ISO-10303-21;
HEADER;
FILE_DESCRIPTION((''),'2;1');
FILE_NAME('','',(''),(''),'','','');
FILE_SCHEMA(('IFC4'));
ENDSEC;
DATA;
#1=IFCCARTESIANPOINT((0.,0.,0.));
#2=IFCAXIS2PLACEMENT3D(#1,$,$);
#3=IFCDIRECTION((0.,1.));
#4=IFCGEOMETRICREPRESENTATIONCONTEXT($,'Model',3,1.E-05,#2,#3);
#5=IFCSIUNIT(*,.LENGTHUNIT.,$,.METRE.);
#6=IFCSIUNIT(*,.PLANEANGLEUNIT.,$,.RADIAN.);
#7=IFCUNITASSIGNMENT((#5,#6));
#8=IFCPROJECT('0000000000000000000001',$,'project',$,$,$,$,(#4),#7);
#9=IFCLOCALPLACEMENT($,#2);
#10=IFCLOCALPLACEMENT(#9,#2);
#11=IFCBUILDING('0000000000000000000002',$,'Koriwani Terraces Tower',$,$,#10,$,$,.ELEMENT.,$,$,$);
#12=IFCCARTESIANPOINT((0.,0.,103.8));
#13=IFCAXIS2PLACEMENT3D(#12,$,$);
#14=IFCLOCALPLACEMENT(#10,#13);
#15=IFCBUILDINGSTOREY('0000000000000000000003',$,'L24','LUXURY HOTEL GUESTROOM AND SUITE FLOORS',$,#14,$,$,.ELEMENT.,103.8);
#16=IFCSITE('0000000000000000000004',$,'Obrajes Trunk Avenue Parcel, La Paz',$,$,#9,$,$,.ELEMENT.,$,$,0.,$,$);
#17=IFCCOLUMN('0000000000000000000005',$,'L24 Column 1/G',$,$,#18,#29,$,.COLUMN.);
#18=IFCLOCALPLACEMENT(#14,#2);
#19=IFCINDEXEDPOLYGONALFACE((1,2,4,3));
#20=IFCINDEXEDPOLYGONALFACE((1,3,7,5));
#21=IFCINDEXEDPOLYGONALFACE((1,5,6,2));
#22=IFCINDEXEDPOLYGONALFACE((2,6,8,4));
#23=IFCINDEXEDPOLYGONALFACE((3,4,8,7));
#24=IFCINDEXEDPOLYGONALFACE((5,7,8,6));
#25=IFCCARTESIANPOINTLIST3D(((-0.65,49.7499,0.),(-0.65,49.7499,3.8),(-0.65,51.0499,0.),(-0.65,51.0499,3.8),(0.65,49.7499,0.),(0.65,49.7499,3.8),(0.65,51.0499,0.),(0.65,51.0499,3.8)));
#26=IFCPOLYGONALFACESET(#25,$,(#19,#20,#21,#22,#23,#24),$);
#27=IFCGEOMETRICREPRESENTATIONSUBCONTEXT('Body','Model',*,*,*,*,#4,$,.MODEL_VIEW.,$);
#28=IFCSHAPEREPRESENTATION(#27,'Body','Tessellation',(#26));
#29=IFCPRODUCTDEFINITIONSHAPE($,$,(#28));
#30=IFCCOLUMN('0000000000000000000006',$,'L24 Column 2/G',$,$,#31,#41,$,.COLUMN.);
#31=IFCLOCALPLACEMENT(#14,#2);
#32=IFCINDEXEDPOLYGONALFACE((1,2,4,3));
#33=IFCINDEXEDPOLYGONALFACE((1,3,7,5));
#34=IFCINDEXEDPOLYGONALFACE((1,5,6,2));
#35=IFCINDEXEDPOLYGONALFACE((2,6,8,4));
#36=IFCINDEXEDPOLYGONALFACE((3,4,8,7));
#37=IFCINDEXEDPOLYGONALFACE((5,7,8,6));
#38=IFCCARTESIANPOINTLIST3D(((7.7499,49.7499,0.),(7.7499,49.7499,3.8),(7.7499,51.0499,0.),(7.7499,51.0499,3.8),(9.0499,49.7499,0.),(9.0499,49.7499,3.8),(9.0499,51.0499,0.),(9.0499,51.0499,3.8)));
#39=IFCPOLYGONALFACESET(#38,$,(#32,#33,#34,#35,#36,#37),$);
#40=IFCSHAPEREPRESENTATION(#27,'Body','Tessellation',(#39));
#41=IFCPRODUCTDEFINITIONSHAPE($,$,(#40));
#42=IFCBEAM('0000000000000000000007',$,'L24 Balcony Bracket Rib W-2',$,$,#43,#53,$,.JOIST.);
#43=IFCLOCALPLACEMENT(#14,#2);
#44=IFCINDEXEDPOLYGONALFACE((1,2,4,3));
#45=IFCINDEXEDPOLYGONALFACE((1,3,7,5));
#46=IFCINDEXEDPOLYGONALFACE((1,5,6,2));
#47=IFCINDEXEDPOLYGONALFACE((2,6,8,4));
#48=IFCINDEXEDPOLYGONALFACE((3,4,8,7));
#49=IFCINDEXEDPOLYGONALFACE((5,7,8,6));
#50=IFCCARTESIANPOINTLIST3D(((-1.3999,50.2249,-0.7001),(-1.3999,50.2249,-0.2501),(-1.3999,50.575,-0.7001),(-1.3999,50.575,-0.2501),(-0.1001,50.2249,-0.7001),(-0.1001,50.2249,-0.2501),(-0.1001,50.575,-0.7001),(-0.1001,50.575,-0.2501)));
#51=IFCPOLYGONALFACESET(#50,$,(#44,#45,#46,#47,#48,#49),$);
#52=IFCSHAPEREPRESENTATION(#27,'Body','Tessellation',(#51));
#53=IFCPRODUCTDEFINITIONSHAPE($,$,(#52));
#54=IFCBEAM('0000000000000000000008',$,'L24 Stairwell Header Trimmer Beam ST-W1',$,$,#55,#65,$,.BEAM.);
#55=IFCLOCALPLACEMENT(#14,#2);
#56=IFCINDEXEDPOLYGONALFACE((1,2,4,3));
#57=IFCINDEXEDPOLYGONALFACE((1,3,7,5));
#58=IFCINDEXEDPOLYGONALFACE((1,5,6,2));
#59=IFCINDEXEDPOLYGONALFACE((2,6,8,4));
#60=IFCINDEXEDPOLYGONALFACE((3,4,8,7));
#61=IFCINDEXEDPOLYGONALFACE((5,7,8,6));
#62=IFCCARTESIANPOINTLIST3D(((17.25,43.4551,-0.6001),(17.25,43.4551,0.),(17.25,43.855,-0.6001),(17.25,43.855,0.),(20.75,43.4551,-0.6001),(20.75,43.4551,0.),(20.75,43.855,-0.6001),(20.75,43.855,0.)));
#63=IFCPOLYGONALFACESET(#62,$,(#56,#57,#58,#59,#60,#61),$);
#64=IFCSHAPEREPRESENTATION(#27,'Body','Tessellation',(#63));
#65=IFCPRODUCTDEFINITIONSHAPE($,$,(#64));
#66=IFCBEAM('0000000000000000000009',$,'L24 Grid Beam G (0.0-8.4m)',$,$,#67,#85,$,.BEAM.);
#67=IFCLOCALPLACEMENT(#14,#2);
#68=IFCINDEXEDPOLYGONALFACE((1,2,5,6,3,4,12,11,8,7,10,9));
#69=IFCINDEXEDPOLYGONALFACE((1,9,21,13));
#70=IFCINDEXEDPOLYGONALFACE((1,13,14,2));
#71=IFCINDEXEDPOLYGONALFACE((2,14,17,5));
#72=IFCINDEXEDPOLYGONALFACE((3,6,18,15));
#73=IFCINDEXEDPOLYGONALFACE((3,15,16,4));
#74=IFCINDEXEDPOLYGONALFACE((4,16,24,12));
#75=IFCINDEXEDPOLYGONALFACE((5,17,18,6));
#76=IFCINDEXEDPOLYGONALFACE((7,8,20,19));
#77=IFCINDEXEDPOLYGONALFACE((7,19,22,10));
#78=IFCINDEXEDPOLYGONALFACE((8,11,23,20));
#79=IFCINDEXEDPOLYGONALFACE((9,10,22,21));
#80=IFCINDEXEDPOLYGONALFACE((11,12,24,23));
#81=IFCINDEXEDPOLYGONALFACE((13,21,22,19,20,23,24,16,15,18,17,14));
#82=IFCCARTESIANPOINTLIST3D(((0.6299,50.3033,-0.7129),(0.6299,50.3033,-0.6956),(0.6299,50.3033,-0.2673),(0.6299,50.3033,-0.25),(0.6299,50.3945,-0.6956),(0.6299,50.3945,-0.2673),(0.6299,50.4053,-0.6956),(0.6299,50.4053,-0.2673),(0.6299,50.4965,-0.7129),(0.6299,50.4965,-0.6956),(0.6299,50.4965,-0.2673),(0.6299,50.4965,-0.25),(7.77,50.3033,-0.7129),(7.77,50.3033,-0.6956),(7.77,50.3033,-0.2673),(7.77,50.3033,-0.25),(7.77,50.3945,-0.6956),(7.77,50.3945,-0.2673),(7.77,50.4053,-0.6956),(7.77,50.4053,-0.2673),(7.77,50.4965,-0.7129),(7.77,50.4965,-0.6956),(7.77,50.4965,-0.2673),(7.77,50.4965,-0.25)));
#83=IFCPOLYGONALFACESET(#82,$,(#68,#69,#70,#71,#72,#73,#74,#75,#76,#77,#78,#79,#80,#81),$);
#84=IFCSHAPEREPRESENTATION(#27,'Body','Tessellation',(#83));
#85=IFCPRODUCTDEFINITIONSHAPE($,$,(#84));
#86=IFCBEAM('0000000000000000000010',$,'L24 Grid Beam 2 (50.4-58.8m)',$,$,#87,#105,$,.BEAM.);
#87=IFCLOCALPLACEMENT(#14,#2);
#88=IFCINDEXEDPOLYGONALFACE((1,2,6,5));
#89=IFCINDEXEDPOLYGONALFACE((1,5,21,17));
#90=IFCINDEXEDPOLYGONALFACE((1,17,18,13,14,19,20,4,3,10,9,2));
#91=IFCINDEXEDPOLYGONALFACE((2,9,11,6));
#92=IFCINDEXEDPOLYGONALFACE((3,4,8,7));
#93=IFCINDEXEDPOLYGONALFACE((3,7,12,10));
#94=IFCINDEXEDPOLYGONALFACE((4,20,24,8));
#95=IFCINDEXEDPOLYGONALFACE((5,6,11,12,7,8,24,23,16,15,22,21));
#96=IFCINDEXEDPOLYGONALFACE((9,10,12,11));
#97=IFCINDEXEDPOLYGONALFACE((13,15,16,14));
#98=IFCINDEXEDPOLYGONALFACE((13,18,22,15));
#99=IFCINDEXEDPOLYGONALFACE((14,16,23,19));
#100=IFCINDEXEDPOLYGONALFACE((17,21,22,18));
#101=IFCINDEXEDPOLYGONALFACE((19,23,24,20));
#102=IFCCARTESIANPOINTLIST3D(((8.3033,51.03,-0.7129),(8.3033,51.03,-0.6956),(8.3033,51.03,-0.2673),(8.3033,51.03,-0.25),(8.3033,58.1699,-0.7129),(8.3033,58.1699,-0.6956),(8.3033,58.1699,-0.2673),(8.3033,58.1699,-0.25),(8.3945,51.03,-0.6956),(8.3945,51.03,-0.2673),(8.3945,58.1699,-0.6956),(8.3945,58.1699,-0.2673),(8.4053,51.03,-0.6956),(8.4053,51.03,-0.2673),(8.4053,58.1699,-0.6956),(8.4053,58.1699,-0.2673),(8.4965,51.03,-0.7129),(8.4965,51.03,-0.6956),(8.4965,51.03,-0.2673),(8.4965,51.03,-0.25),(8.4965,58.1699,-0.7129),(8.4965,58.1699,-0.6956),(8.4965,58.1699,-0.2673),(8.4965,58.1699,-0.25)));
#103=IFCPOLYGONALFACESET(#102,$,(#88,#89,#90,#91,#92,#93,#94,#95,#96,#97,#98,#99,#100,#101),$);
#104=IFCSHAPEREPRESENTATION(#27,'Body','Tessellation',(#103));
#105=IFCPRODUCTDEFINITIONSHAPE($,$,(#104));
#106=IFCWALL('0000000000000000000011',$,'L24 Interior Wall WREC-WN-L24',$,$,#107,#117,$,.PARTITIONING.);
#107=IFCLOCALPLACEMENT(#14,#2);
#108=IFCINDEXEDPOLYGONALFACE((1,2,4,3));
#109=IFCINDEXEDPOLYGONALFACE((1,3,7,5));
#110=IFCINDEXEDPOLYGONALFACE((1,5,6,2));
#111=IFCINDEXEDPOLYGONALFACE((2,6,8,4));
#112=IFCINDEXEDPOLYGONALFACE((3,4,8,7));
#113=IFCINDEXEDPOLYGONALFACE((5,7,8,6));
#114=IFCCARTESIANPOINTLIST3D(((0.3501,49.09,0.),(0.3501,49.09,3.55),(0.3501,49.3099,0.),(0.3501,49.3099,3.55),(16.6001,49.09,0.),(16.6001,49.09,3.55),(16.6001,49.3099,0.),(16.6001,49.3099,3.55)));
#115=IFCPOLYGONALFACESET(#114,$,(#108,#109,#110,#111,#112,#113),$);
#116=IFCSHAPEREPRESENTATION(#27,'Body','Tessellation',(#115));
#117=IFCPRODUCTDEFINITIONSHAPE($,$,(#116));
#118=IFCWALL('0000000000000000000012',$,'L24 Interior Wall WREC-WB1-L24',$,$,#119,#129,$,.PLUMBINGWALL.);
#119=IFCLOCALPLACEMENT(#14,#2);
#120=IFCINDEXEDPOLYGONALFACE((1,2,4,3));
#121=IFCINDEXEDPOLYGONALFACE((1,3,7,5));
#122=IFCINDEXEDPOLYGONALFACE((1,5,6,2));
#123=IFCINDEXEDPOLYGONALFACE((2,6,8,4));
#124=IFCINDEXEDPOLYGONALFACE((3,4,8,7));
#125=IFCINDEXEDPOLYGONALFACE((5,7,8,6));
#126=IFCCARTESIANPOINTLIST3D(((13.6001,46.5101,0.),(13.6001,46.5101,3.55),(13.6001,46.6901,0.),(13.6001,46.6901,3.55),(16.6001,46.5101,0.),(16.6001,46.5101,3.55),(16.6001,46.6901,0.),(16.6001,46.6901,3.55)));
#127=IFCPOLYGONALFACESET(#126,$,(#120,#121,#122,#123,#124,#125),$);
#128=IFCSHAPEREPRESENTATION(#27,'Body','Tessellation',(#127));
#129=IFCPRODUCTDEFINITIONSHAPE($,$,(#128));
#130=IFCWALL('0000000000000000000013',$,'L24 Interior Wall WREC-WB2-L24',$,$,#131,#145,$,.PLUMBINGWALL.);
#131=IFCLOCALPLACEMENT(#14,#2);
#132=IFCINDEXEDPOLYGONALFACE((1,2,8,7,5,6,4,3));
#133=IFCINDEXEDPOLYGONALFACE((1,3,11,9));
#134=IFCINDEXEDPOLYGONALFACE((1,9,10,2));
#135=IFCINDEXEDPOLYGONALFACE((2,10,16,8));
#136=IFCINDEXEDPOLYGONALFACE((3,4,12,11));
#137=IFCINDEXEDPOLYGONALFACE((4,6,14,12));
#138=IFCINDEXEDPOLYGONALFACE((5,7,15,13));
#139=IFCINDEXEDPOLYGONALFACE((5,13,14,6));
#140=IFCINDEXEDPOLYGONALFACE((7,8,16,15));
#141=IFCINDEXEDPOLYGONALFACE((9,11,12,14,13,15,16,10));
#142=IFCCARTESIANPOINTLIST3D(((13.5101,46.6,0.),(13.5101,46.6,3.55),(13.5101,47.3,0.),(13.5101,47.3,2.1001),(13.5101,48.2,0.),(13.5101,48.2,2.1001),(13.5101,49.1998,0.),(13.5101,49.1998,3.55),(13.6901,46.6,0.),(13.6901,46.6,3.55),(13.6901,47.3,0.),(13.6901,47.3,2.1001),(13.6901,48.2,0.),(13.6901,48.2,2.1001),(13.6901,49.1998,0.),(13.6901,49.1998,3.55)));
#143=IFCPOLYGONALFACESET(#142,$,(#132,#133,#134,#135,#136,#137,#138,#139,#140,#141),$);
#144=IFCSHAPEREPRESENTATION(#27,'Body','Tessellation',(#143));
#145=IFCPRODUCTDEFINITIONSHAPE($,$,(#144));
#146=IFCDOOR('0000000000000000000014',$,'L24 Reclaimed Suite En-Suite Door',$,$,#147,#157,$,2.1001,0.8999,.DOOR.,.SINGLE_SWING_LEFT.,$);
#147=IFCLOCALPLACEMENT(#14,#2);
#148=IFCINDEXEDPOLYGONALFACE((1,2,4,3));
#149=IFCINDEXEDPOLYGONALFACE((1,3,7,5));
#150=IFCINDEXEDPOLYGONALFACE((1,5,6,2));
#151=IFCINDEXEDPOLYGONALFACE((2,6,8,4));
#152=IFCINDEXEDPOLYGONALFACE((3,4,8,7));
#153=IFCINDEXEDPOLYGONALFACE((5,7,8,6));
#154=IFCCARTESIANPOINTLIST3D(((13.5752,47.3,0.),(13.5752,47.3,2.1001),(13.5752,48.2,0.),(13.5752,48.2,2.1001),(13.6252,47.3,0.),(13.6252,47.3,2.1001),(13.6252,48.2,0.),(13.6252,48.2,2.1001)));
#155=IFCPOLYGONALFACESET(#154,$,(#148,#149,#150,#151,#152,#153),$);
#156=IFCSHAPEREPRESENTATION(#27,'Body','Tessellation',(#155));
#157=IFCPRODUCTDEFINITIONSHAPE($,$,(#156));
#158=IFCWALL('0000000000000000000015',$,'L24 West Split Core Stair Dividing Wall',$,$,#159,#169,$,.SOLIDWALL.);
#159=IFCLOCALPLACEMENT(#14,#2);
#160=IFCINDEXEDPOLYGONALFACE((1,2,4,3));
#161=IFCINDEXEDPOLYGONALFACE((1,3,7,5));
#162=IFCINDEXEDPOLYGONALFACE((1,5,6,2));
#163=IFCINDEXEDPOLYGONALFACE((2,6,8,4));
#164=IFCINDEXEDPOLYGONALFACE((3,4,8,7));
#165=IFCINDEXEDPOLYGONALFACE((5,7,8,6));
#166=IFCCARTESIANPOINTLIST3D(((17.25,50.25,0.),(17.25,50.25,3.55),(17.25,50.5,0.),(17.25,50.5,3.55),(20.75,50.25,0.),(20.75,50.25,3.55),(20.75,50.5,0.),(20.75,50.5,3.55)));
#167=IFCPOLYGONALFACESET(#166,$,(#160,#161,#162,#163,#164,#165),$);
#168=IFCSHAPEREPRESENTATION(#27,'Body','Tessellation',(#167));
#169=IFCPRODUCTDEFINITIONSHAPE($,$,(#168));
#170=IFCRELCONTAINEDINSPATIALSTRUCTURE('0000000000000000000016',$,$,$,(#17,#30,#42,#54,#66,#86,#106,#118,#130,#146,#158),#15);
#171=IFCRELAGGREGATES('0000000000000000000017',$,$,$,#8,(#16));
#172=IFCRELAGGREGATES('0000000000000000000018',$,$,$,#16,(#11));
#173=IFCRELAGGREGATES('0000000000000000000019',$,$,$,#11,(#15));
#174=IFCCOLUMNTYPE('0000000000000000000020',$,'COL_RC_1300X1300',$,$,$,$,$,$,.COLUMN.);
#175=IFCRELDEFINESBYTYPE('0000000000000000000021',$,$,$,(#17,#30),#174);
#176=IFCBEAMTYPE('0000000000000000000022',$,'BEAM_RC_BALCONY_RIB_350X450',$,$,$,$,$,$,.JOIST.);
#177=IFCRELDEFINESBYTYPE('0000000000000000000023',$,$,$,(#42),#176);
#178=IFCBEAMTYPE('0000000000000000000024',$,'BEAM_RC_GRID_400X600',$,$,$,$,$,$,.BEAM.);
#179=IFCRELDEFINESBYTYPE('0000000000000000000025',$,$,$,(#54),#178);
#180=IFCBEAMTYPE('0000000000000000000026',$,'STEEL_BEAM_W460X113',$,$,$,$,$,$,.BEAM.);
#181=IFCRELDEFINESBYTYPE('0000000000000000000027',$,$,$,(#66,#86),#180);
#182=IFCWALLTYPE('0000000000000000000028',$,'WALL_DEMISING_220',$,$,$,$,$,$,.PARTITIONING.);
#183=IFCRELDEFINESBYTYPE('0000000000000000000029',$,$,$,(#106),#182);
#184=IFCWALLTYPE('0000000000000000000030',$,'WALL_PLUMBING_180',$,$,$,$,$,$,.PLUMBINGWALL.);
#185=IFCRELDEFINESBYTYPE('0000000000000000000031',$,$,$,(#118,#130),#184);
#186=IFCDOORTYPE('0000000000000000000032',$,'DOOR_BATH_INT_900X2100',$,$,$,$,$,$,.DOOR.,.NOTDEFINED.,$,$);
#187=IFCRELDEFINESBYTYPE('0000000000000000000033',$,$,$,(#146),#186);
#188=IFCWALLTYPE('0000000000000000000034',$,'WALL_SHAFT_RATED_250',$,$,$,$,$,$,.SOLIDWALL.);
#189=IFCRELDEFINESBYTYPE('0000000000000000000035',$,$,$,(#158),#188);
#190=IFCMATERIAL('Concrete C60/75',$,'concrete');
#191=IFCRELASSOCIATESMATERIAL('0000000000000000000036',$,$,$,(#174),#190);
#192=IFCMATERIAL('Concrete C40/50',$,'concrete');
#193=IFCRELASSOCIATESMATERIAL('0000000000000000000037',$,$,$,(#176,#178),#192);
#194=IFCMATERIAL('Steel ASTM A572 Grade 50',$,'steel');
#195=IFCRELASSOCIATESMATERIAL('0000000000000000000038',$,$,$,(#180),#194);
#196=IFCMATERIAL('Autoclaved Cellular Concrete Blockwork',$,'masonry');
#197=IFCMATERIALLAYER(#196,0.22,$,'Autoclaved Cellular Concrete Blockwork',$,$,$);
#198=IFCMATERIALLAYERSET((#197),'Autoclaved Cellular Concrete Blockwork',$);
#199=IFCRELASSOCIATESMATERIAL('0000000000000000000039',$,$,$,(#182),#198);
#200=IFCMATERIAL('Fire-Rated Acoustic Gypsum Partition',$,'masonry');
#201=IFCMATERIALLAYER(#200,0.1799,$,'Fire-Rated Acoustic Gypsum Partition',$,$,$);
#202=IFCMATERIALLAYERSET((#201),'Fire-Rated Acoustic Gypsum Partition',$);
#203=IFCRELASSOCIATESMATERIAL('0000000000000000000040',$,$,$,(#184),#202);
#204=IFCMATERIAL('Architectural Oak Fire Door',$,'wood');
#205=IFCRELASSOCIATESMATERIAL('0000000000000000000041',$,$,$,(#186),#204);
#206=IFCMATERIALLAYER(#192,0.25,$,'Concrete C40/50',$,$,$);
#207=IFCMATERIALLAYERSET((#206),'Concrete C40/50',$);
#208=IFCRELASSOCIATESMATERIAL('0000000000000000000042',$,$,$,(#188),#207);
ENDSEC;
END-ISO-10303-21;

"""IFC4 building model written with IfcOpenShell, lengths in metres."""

from ifc_helpers import new_model, si_unit, direction, frame, frame_2d, origin, origin_2d, place, context, subcontext, project, spatial, rectangle, i_section, extrude, material, layer, layer_set, material_profile, profile_set, type_object, element, fill, save


model = new_model("IFC4")

# Units and contexts
model_context = context("Model", 3, precision=1e-05, world=origin(), true_north=direction((0.0, 1.0)))
body_context = subcontext(model_context, "Body", "Model", "MODEL_VIEW")
ifc_project = project(units=[si_unit("LENGTHUNIT", "METRE"), si_unit("PLANEANGLEUNIT", "RADIAN")], contexts=[model_context])

# Site, building, storey
site_placement = place(None, origin())
site = spatial("IfcSite", under=ifc_project, at=site_placement, Name="Obrajes Trunk Avenue Parcel, La Paz", CompositionType="ELEMENT", RefElevation=0.0)
building_placement = place(site_placement, origin())
building = spatial("IfcBuilding", under=site, at=building_placement, Name="Koriwani Terraces Tower", CompositionType="ELEMENT")
storey_placement = place(building_placement, frame((0.0, 0.0, 103.8)))
storey = spatial("IfcBuildingStorey", under=building, at=storey_placement, Name="L24", Description="LUXURY HOTEL GUESTROOM AND SUITE FLOORS", CompositionType="ELEMENT", Elevation=103.8)

# Columns
ifc_material_1 = material(Name="Concrete C60/75", Category="concrete")
ifc_material_profile_1 = material_profile(ifc_material_1, rectangle(XDim=1.3, YDim=1.3, at=origin_2d()), Name="Concrete C60/75", Category="LoadBearing")
ifc_profile_set_1 = profile_set([ifc_material_profile_1], Name="Concrete C60/75")
column_type = type_object("IfcColumnType", Name="COL_RC_1300X1300", PredefinedType="COLUMN", material=ifc_profile_set_1)
for number, where, z_axis, x_axis, name in (
    (1, (0.0, 50.3999, 0.0), (0.0, 0.0, 1.0), (1.0, 0.0, 0.0), "L24 Column 1/G"),
    (2, (8.3999, 50.3999, 0.0), (0.0, 0.0, 1.0), (1.0, 0.0, 0.0), "L24 Column 2/G"),
):
    element("IfcColumn", number, at=place(storey_placement, frame(where, z_axis=z_axis, x_axis=x_axis)), inside=storey, type_object=column_type, Name=name, PredefinedType="COLUMN", context=body_context, shape_type="SweptSolid", body=[
        extrude(rectangle(XDim=1.3, YDim=1.3, at=origin_2d()), origin(), (0.0, 0.0, 1.0), 3.8),
    ])

# Beams
ifc_material_2 = material(Name="Concrete C40/50", Category="concrete")
ifc_material_profile_2 = material_profile(ifc_material_2, rectangle(XDim=0.3501, YDim=0.45, at=origin_2d()), Name="Concrete C40/50", Category="LoadBearing")
ifc_profile_set_2 = profile_set([ifc_material_profile_2], Name="Concrete C40/50")
beam_type_1 = type_object("IfcBeamType", Name="BEAM_RC_BALCONY_RIB_350X450", PredefinedType="JOIST", material=ifc_profile_set_2)
beam_1_placement = place(storey_placement, frame((-1.3999, 50.3999, -0.4751), z_axis=(1.0, 0.0, 0.0), x_axis=(0.0, 1.0, 0.0)))
element("IfcBeam", 3, at=beam_1_placement, inside=storey, type_object=beam_type_1, Name="L24 Balcony Bracket Rib W-2", PredefinedType="JOIST", context=body_context, shape_type="SweptSolid", body=[
    extrude(rectangle(XDim=0.3501, YDim=0.45, at=origin_2d()), origin(), (0.0, 0.0, 1.0), 1.2998),
])
ifc_material_profile_3 = material_profile(ifc_material_2, rectangle(XDim=0.3999, YDim=0.6001, at=origin_2d()), Name="Concrete C40/50", Category="LoadBearing")
ifc_profile_set_3 = profile_set([ifc_material_profile_3], Name="Concrete C40/50")
beam_type_2 = type_object("IfcBeamType", Name="BEAM_RC_GRID_400X600", PredefinedType="BEAM", material=ifc_profile_set_3)
beam_2_placement = place(storey_placement, frame((17.25, 43.655, -0.3), z_axis=(1.0, 0.0, 0.0), x_axis=(0.0, 1.0, 0.0)))
element("IfcBeam", 4, at=beam_2_placement, inside=storey, type_object=beam_type_2, Name="L24 Stairwell Header Trimmer Beam ST-W1", PredefinedType="BEAM", context=body_context, shape_type="SweptSolid", body=[
    extrude(rectangle(XDim=0.3999, YDim=0.6001, at=origin_2d()), origin(), (0.0, 0.0, 1.0), 3.5),
])
ifc_material_3 = material(Name="Steel ASTM A572 Grade 50", Category="steel")
ifc_material_profile_4 = material_profile(ifc_material_3, i_section(OverallWidth=0.1931, OverallDepth=0.4629, WebThickness=0.0107, FlangeThickness=0.0173, at=origin_2d()), Name="Steel ASTM A572 Grade 50", Category="LoadBearing")
ifc_profile_set_4 = profile_set([ifc_material_profile_4], Name="Steel ASTM A572 Grade 50")
beam_type_3 = type_object("IfcBeamType", Name="STEEL_BEAM_W460X113", PredefinedType="BEAM", material=ifc_profile_set_4)
beam_3_placement = place(storey_placement, frame((0.6299, 50.3999, -0.4814), z_axis=(1.0, 0.0, 0.0), x_axis=(0.0, 1.0, 0.0)))
element("IfcBeam", 5, at=beam_3_placement, inside=storey, type_object=beam_type_3, Name="L24 Grid Beam G (0.0-8.4m)", PredefinedType="BEAM", context=body_context, shape_type="SweptSolid", body=[
    extrude(i_section(OverallWidth=0.1931, OverallDepth=0.4629, WebThickness=0.0107, FlangeThickness=0.0173, at=origin_2d()), origin(), (0.0, 0.0, 1.0), 7.1401),
])
beam_4_placement = place(storey_placement, frame((8.3999, 51.03, -0.4814), z_axis=(0.0, 1.0, 0.0), x_axis=(-1.0, 0.0, 0.0)))
element("IfcBeam", 6, at=beam_4_placement, inside=storey, type_object=beam_type_3, Name="L24 Grid Beam 2 (50.4-58.8m)", PredefinedType="BEAM", context=body_context, shape_type="SweptSolid", body=[
    extrude(i_section(OverallWidth=0.1931, OverallDepth=0.4629, WebThickness=0.0107, FlangeThickness=0.0173, at=origin_2d()), origin(), (0.0, 0.0, 1.0), 7.1399),
])

# Walls
ifc_material_4 = material(Name="Autoclaved Cellular Concrete Blockwork", Category="masonry")
ifc_layer_1 = layer(ifc_material_4, 0.22, Name="Autoclaved Cellular Concrete Blockwork")
ifc_layer_set_1 = layer_set([ifc_layer_1], Name="Autoclaved Cellular Concrete Blockwork")
wall_type_1 = type_object("IfcWallType", Name="WALL_DEMISING_220", PredefinedType="PARTITIONING", material=ifc_layer_set_1)
wall_1_placement = place(storey_placement, frame((0.3501, 49.2, 0.0), z_axis=(0.0, 0.0, 1.0), x_axis=(1.0, 0.0, 0.0)))
element("IfcWall", 7, at=wall_1_placement, inside=storey, type_object=wall_type_1, Name="L24 Interior Wall WREC-WN-L24", PredefinedType="PARTITIONING", context=body_context, shape_type="SweptSolid", body=[
    extrude(rectangle(XDim=16.25, YDim=0.22, at=frame_2d((8.125, 0.0))), origin(), (0.0, 0.0, 1.0), 3.55),
])
ifc_material_5 = material(Name="Fire-Rated Acoustic Gypsum Partition", Category="masonry")
ifc_layer_2 = layer(ifc_material_5, 0.1799, Name="Fire-Rated Acoustic Gypsum Partition")
ifc_layer_set_2 = layer_set([ifc_layer_2], Name="Fire-Rated Acoustic Gypsum Partition")
wall_type_2 = type_object("IfcWallType", Name="WALL_PLUMBING_180", PredefinedType="PLUMBINGWALL", material=ifc_layer_set_2)
wall_2_placement = place(storey_placement, frame((13.6001, 46.6001, 0.0), z_axis=(0.0, 0.0, 1.0), x_axis=(1.0, 0.0, 0.0)))
element("IfcWall", 8, at=wall_2_placement, inside=storey, type_object=wall_type_2, Name="L24 Interior Wall WREC-WB1-L24", PredefinedType="PLUMBINGWALL", context=body_context, shape_type="SweptSolid", body=[
    extrude(rectangle(XDim=3.0, YDim=0.1799, at=frame_2d((1.5, 0.0))), origin(), (0.0, 0.0, 1.0), 3.55),
])

# Wall, opening, door
wall_3_placement = place(storey_placement, frame((13.6001, 46.6001, 0.0), z_axis=(0.0, 0.0, 1.0), x_axis=(0.0, 1.0, 0.0)))
wall_3 = element("IfcWall", 9, at=wall_3_placement, inside=storey, type_object=wall_type_2, Name="L24 Interior Wall WREC-WB2-L24", PredefinedType="PLUMBINGWALL", context=body_context, shape_type="SweptSolid", body=[
    extrude(rectangle(XDim=2.5999, YDim=0.1799, at=frame_2d((1.2998, 0.0))), origin(), (0.0, 0.0, 1.0), 3.55),
])
opening_1_placement = place(wall_3_placement, frame((0.7, 0.0, 0.0)))
opening_1 = element("IfcOpeningElement", 10, at=opening_1_placement, cuts=wall_3, PredefinedType="OPENING", context=body_context, shape_type="SweptSolid", body=[
    extrude(rectangle(XDim=0.8999, YDim=2.1001, at=frame_2d((0.45, 1.05))), frame((0.0, 0.1001, 0.0), z_axis=(0.0, -1.0, 0.0), x_axis=(1.0, 0.0, 0.0)), (0.0, 0.0, 1.0), 0.2),
])
ifc_material_6 = material(Name="Architectural Oak Fire Door", Category="wood")
door_type_1 = type_object("IfcDoorType", Name="DOOR_BATH_INT_900X2100", OperationType="NOTDEFINED", PredefinedType="DOOR", material=ifc_material_6)
door_1_placement = place(opening_1_placement, origin())
door_1 = element("IfcDoor", 11, at=door_1_placement, inside=storey, type_object=door_type_1, Name="L24 Reclaimed Suite En-Suite Door", OperationType="SINGLE_SWING_LEFT", OverallHeight=2.1001, OverallWidth=0.8999, PredefinedType="DOOR", context=body_context, shape_type="SweptSolid", body=[
    extrude(rectangle(XDim=0.8999, YDim=2.1001, at=frame_2d((0.45, 1.05))), frame((0.0, 0.0249, 0.0), z_axis=(0.0, -1.0, 0.0), x_axis=(1.0, 0.0, 0.0)), (0.0, 0.0, 1.0), 0.05),
])
fill(opening_1, door_1)

# Wall
ifc_layer_3 = layer(ifc_material_2, 0.25, Name="Concrete C40/50")
ifc_layer_set_3 = layer_set([ifc_layer_3], Name="Concrete C40/50")
wall_type_3 = type_object("IfcWallType", Name="WALL_SHAFT_RATED_250", PredefinedType="SOLIDWALL", material=ifc_layer_set_3)
wall_4_placement = place(storey_placement, frame((17.25, 50.375, 0.0), z_axis=(0.0, 0.0, 1.0), x_axis=(1.0, 0.0, 0.0)))
element("IfcWall", 12, at=wall_4_placement, inside=storey, type_object=wall_type_3, Name="L24 West Split Core Stair Dividing Wall", PredefinedType="SOLIDWALL", context=body_context, shape_type="SweptSolid", body=[
    extrude(rectangle(XDim=3.5, YDim=0.25, at=frame_2d((1.75, 0.0))), origin(), (0.0, 0.0, 1.0), 3.55),
])

save(model, "model.ifc")
